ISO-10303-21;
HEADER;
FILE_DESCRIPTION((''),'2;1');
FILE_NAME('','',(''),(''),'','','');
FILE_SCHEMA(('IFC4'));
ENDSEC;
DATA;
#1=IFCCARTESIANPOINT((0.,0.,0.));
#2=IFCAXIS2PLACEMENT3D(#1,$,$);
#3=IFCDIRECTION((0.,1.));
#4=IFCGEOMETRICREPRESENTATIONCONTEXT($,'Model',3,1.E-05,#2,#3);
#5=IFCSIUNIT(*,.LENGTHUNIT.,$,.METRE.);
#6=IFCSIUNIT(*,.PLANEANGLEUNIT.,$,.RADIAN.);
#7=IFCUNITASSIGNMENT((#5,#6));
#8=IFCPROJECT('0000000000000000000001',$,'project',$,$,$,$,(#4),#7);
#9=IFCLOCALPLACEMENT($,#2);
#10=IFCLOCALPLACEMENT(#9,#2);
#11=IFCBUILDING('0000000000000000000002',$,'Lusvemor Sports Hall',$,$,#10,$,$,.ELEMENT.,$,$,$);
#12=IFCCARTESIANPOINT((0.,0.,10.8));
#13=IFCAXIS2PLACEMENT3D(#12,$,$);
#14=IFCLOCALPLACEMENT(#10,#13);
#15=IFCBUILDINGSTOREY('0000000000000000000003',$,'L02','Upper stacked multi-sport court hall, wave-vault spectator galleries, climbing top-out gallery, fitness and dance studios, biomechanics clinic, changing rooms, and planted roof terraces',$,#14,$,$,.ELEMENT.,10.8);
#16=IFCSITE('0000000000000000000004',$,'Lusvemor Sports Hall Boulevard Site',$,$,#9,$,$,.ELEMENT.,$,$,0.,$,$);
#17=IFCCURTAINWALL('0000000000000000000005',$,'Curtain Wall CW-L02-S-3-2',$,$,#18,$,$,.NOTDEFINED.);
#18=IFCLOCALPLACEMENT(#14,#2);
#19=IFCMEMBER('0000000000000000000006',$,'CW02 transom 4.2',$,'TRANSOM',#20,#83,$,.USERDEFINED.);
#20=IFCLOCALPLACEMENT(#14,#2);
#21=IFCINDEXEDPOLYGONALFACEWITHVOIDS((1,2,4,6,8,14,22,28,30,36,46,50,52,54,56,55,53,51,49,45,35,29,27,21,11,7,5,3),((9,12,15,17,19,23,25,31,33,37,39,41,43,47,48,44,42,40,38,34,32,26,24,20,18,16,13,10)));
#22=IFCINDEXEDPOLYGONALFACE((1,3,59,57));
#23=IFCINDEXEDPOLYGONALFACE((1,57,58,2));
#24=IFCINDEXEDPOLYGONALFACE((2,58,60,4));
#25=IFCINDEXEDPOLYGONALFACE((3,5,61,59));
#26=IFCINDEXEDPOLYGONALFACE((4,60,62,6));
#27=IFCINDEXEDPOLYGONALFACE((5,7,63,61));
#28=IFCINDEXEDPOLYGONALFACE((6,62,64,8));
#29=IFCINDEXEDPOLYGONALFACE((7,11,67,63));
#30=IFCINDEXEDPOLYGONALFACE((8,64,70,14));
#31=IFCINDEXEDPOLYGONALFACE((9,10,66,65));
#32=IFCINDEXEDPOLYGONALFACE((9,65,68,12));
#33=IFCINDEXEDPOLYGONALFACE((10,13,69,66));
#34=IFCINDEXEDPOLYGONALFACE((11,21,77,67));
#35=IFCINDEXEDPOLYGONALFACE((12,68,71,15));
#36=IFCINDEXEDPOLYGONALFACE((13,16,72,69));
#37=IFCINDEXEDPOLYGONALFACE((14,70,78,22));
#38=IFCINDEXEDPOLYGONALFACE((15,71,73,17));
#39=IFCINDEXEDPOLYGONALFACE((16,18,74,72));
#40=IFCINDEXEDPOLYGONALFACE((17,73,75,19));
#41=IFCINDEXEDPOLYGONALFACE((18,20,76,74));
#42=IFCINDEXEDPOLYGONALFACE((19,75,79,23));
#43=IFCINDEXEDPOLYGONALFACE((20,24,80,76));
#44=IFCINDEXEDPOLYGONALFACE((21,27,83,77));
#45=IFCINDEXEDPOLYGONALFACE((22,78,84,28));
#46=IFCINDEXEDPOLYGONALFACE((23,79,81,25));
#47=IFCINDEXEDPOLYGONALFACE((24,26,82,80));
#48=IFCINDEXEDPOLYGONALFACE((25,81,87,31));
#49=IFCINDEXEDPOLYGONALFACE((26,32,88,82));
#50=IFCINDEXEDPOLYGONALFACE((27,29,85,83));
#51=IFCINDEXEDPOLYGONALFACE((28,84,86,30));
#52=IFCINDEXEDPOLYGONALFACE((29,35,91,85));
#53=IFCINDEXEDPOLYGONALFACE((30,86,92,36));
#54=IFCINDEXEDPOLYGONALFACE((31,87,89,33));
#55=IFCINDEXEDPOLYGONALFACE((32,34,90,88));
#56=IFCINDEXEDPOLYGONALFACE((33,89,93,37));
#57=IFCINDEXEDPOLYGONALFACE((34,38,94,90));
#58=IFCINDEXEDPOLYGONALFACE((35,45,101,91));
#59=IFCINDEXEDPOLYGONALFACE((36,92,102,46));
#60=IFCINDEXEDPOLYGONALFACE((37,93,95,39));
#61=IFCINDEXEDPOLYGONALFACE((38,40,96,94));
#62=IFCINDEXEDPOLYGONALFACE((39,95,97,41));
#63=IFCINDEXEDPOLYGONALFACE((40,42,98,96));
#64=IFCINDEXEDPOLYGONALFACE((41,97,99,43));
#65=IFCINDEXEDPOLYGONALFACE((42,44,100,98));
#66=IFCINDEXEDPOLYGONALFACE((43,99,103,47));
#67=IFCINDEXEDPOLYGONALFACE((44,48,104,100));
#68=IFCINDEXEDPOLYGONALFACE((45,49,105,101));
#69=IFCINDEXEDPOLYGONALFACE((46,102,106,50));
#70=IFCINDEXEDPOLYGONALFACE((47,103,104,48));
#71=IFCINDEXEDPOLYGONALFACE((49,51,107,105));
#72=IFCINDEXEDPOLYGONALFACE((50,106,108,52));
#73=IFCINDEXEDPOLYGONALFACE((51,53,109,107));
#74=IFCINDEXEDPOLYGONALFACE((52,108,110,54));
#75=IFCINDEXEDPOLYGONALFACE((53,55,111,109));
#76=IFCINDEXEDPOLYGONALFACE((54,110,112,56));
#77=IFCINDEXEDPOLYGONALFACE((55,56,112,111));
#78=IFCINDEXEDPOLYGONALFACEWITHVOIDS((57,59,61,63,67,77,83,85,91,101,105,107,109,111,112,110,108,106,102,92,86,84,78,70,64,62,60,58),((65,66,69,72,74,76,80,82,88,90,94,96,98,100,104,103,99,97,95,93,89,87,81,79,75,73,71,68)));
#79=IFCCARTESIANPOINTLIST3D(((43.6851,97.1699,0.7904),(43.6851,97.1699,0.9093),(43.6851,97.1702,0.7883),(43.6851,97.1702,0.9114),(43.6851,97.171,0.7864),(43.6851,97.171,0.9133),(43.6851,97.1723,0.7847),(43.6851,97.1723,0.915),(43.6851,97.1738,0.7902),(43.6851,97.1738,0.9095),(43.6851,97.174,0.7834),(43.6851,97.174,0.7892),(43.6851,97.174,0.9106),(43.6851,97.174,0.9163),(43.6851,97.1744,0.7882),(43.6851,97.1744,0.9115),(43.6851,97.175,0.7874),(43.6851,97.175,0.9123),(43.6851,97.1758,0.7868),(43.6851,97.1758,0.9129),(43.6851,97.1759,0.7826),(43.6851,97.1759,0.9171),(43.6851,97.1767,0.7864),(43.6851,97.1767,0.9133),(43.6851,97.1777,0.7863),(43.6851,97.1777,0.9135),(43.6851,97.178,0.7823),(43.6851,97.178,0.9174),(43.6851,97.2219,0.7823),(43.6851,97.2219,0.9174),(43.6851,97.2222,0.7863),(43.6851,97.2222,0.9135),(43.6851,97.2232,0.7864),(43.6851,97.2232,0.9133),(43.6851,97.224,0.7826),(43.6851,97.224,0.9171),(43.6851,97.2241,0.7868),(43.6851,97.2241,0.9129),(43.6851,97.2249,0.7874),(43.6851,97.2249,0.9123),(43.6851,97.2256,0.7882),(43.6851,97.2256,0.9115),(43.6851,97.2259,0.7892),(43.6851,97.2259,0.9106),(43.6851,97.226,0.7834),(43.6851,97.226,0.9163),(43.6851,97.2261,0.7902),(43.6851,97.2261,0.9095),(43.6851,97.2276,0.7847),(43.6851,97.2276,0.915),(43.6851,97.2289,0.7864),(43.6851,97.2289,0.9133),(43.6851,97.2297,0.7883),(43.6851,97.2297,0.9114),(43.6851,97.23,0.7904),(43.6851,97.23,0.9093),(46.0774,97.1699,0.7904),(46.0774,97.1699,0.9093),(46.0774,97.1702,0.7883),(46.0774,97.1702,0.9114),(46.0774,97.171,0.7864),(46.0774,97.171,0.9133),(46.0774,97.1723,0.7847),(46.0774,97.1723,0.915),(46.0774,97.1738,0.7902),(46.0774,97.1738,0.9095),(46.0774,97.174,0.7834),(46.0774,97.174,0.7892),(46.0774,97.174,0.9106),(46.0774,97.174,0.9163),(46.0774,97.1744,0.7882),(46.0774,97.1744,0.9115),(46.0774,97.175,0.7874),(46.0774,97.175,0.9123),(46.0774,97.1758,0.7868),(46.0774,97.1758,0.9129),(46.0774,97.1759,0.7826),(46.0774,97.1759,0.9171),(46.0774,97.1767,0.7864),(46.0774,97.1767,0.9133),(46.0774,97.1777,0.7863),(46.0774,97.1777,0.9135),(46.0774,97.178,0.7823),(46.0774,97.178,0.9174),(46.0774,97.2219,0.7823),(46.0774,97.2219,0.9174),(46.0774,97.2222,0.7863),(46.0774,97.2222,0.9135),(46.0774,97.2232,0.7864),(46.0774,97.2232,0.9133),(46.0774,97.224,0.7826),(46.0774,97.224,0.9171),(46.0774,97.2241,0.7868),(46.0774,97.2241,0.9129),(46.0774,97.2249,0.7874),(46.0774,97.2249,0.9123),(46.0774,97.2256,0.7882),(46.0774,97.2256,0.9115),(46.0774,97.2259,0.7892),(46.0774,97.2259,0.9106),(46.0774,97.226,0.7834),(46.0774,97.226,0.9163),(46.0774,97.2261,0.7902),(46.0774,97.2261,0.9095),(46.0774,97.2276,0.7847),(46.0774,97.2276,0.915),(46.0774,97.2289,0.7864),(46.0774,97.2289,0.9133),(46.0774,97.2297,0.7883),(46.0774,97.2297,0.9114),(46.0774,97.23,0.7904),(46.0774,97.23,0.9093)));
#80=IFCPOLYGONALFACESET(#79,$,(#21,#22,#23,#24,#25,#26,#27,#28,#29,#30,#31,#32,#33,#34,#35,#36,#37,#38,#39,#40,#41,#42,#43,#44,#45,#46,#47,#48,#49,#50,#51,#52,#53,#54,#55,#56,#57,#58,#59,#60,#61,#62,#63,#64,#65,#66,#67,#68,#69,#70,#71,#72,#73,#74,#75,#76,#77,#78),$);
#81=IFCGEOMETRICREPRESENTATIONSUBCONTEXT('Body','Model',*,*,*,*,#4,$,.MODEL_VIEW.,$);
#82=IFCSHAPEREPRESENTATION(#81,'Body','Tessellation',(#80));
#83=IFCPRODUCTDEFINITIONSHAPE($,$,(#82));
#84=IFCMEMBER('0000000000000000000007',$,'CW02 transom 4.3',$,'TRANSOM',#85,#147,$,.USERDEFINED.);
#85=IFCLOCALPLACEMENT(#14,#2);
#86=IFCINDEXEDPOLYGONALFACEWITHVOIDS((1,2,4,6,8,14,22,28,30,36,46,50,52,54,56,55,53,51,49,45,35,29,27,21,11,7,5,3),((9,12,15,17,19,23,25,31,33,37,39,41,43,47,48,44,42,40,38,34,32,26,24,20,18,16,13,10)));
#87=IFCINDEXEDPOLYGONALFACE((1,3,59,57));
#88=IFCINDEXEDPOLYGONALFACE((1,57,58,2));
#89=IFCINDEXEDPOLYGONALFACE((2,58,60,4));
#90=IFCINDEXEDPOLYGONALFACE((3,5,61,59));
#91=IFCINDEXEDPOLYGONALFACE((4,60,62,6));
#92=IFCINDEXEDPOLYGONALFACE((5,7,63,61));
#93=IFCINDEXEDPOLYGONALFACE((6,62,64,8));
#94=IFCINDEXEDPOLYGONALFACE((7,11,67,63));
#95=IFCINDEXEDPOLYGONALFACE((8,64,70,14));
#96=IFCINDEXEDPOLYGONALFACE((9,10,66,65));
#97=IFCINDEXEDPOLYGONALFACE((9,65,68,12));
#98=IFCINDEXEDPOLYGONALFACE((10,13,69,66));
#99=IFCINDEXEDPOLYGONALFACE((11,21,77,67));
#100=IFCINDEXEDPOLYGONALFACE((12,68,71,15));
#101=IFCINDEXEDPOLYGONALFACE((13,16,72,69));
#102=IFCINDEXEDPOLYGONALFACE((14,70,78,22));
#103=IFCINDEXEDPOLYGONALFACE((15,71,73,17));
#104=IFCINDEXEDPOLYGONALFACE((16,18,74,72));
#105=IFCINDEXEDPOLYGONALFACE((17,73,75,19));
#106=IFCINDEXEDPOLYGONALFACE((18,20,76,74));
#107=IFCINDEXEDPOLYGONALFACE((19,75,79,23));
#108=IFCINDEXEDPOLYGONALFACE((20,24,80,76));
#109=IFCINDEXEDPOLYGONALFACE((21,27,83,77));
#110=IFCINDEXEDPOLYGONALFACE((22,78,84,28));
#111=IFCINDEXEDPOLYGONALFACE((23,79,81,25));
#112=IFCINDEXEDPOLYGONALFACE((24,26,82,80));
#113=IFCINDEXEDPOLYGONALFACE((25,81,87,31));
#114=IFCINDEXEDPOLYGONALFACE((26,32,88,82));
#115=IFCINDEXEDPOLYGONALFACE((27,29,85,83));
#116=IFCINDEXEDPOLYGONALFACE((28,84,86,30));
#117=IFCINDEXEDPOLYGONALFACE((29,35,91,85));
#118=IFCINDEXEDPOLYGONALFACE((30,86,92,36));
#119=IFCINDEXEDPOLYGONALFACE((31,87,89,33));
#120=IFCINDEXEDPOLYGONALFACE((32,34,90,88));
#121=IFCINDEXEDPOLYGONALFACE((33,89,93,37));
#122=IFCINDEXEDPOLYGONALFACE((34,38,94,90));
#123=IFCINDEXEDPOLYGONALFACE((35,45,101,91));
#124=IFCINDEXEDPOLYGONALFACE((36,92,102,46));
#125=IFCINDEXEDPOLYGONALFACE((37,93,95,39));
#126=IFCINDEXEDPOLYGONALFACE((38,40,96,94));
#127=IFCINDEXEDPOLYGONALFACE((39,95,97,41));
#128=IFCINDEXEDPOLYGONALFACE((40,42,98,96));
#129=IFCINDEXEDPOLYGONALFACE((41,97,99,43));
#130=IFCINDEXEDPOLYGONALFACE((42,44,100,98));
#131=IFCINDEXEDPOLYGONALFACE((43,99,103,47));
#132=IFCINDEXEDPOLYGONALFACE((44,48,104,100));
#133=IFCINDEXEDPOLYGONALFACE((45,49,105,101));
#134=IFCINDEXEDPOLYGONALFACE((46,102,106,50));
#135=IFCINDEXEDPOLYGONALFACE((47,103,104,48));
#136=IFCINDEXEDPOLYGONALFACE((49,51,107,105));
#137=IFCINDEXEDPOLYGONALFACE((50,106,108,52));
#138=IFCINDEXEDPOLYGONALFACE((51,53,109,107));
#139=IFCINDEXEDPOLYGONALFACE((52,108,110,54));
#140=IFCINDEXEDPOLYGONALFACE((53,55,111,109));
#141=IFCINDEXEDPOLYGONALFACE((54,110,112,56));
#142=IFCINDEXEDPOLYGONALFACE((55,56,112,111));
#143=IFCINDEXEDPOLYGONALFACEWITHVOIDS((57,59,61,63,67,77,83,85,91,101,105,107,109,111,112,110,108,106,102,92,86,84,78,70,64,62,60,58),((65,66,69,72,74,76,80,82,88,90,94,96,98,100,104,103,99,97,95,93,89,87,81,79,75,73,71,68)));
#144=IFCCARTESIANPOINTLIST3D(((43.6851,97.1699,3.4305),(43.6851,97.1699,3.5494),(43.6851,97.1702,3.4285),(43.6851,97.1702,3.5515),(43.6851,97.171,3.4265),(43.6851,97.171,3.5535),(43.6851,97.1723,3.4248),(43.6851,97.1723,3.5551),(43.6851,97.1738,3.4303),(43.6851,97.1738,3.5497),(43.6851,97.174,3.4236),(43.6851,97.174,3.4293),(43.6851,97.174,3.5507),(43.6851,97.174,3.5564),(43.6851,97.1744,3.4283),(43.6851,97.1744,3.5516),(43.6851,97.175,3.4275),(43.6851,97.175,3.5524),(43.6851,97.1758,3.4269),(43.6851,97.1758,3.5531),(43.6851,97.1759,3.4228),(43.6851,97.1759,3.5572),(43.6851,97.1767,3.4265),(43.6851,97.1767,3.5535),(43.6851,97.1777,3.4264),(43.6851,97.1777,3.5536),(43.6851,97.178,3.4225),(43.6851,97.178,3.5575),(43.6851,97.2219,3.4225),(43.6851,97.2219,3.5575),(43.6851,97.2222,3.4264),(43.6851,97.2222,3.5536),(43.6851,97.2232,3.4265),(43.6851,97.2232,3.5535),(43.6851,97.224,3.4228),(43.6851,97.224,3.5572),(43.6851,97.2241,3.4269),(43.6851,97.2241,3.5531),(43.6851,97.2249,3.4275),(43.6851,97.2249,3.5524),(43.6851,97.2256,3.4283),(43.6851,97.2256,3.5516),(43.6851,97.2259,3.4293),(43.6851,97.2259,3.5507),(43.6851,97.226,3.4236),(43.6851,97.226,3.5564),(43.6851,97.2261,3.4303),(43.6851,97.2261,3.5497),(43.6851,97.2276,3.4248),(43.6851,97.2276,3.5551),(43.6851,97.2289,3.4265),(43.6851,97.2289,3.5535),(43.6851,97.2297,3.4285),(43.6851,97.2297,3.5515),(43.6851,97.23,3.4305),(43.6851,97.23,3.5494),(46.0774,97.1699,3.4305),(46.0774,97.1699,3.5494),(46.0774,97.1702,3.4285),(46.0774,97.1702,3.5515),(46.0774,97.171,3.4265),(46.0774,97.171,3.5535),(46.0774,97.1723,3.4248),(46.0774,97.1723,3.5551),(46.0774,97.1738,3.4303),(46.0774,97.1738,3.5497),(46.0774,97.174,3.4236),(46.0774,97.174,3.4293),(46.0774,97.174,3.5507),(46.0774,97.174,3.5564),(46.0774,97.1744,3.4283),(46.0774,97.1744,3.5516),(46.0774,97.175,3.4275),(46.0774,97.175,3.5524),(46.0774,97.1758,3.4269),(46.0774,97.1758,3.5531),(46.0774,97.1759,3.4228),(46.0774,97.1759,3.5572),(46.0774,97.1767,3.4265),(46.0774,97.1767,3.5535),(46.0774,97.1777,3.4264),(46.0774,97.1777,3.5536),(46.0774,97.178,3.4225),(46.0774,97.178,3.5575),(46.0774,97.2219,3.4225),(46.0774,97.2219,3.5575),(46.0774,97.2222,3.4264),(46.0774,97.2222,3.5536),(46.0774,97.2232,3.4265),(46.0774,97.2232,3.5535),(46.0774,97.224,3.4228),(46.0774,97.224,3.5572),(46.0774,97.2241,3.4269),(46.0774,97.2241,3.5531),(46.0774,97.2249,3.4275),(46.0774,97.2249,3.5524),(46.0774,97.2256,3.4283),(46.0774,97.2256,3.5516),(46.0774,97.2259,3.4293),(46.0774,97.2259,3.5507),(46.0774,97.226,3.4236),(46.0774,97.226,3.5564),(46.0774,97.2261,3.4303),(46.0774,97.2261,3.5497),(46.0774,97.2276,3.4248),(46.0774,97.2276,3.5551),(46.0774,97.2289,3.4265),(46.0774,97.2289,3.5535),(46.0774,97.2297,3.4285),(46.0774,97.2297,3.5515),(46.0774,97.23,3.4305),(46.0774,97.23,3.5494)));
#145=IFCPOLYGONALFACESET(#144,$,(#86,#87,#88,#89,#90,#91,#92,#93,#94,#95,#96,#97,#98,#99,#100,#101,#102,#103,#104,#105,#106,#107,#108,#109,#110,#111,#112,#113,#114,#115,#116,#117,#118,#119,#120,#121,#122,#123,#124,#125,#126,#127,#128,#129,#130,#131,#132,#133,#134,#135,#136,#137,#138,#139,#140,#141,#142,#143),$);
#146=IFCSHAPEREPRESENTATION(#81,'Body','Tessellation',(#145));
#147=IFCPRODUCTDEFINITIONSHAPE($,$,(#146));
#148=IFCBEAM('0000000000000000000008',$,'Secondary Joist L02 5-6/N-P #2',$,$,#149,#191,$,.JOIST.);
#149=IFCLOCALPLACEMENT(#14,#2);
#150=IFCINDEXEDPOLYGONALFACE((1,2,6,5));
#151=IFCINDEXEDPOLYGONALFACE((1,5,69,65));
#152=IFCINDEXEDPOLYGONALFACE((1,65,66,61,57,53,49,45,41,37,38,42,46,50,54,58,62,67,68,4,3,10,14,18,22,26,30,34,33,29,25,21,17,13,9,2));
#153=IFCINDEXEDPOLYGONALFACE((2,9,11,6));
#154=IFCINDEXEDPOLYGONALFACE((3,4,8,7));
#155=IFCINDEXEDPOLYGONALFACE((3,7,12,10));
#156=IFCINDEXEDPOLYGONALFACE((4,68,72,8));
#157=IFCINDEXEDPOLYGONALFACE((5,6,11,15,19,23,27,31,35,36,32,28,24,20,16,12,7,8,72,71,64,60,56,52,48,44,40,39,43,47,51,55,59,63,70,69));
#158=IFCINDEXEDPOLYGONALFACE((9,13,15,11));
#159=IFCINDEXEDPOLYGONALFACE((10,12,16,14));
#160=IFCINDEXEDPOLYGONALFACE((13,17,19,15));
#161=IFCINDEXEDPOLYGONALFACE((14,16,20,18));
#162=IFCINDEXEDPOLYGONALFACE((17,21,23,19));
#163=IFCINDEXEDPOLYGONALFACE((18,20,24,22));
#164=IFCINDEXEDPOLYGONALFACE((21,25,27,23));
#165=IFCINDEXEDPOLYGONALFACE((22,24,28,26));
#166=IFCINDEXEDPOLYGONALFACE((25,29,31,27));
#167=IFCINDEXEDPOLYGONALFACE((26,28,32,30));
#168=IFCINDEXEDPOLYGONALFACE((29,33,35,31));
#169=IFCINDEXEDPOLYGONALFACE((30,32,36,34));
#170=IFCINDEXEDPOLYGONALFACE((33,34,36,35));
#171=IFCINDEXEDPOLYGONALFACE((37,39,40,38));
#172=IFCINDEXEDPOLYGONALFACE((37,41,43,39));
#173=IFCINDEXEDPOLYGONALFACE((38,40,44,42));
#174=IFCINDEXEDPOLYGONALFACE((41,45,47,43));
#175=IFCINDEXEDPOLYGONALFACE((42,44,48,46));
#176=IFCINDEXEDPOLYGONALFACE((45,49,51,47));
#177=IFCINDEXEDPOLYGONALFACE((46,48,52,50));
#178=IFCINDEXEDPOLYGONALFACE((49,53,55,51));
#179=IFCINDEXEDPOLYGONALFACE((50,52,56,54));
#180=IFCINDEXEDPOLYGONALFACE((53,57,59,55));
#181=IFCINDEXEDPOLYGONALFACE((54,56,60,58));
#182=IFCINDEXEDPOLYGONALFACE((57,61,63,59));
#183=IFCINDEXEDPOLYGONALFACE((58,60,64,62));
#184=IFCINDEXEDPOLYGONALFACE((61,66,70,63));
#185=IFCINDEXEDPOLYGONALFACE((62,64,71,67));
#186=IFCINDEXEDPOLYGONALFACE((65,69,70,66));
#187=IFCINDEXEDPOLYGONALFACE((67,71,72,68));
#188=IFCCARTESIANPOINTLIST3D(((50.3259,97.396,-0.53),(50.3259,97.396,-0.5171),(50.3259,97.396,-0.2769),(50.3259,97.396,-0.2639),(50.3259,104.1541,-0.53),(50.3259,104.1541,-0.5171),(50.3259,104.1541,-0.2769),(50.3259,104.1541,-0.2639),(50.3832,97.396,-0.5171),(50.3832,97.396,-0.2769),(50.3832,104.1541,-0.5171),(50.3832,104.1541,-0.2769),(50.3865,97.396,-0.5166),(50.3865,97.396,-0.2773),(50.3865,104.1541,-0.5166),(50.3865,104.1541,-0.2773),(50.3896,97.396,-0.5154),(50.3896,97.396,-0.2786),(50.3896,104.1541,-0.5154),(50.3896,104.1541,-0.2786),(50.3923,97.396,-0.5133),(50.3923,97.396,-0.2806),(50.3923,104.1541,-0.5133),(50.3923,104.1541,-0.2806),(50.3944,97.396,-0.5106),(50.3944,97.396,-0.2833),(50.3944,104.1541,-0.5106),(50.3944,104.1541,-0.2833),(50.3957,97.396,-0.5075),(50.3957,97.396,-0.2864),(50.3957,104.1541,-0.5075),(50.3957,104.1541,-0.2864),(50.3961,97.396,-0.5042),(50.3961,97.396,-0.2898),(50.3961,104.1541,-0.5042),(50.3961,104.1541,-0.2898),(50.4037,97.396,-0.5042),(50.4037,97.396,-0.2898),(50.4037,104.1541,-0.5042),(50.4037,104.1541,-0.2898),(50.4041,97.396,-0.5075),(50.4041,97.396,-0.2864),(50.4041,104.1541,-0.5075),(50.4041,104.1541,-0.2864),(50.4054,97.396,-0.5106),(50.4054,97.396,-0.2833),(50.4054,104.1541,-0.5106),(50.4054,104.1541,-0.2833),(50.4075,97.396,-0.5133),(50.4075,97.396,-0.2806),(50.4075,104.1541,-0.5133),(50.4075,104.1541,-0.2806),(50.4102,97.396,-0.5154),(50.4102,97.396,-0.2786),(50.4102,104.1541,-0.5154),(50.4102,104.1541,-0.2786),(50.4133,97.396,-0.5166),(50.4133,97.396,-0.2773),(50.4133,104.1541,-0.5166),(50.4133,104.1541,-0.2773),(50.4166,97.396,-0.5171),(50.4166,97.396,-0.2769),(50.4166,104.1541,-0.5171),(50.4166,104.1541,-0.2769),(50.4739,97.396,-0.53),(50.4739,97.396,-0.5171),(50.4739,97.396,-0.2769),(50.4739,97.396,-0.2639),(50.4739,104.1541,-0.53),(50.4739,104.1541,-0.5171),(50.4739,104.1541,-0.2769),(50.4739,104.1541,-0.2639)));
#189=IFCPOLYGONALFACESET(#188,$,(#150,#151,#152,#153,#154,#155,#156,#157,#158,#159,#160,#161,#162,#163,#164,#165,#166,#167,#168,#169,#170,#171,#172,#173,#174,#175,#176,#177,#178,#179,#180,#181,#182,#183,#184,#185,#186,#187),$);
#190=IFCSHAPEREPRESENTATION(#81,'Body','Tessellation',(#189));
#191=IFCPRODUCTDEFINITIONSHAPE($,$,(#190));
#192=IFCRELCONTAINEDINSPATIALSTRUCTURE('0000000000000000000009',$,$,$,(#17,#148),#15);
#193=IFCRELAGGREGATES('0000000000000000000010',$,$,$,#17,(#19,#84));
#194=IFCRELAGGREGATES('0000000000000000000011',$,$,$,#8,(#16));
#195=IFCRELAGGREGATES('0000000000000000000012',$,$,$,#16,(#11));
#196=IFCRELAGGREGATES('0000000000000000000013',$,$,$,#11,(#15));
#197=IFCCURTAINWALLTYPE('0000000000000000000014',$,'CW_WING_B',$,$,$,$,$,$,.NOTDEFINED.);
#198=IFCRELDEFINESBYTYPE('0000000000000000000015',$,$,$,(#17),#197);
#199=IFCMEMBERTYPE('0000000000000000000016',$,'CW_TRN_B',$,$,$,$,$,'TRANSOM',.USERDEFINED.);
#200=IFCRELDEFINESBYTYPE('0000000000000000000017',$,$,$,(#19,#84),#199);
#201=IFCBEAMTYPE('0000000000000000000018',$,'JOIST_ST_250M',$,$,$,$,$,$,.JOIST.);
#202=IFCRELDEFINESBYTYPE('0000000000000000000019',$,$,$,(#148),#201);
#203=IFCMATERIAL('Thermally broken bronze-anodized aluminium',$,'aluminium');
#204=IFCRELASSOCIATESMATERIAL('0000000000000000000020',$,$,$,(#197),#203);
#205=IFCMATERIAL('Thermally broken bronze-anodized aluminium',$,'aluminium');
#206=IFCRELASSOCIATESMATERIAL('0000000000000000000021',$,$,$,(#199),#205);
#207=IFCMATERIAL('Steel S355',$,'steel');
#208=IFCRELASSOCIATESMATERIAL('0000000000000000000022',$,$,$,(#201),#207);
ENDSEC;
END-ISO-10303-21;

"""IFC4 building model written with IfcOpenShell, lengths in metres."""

from ifc_helpers import new_model, si_unit, direction, frame, origin, origin_2d, place, context, subcontext, project, spatial, hollow_rectangle, i_section, extrude, material, material_profile, profile_set, type_object, element, aggregate, save


model = new_model("IFC4")

# Units and contexts
model_context = context("Model", 3, precision=1e-05, world=origin(), true_north=direction((0.0, 1.0)))
body_context = subcontext(model_context, "Body", "Model", "MODEL_VIEW")
ifc_project = project(units=[si_unit("LENGTHUNIT", "METRE"), si_unit("PLANEANGLEUNIT", "RADIAN")], contexts=[model_context])

# Site, building, storey
site_placement = place(None, origin())
site = spatial("IfcSite", under=ifc_project, at=site_placement, Name="Lusvemor Sports Hall Boulevard Site", CompositionType="ELEMENT", RefElevation=0.0)
building_placement = place(site_placement, origin())
building = spatial("IfcBuilding", under=site, at=building_placement, Name="Lusvemor Sports Hall", CompositionType="ELEMENT")
storey_placement = place(building_placement, frame((0.0, 0.0, 10.8)))
storey = spatial("IfcBuildingStorey", under=building, at=storey_placement, Name="L02", Description="Upper stacked multi-sport court hall, wave-vault spectator galleries, climbing top-out gallery, fitness and dance studios, biomechanics clinic, changing rooms, and planted roof terraces", CompositionType="ELEMENT", Elevation=10.8)

# Curtain wall, members
ifc_material_1 = material(Name="Thermally broken bronze-anodized aluminium", Category="aluminium")
curtain_wall_type = type_object("IfcCurtainWallType", Name="CW_WING_B", PredefinedType="NOTDEFINED", material=ifc_material_1)
curtain_wall_placement = place(storey_placement, origin())
curtain_wall = element("IfcCurtainWall", 1, at=curtain_wall_placement, inside=storey, type_object=curtain_wall_type, Name="Curtain Wall CW-L02-S-3-2", PredefinedType="NOTDEFINED")
ifc_material_2 = material(Name="Thermally broken bronze-anodized aluminium", Category="aluminium")
ifc_material_profile_1 = material_profile(ifc_material_2, hollow_rectangle(XDim=0.0601, YDim=0.135, WallThickness=0.0039, InnerFilletRadius=0.0039, OuterFilletRadius=0.0081, at=origin_2d()), Name="CWTRN135x60x4")
ifc_profile_set_1 = profile_set([ifc_material_profile_1], Name="Thermally broken bronze-anodized aluminium")
member_type_1 = type_object("IfcMemberType", Name="CW_TRN_B", ElementType="TRANSOM", PredefinedType="USERDEFINED", material=ifc_profile_set_1)
member_1_placement = place(storey_placement, frame((46.0774, 97.2, 0.8499), z_axis=(-1.0, 0.0, 0.0), x_axis=(0.0, -1.0, 0.0)))
member_1 = element("IfcMember", 2, at=member_1_placement, type_object=member_type_1, Name="CW02 transom 4.2", ObjectType="TRANSOM", PredefinedType="USERDEFINED", context=body_context, shape_type="SweptSolid", body=[
    extrude(hollow_rectangle(XDim=0.0601, YDim=0.135, WallThickness=0.0039, InnerFilletRadius=0.0039, OuterFilletRadius=0.0081, at=origin_2d()), origin(), (0.0, 0.0, 1.0), 2.3923),
])
member_2_placement = place(storey_placement, frame((46.0774, 97.2, 3.49), z_axis=(-1.0, 0.0, 0.0), x_axis=(0.0, -1.0, 0.0)))
member_2 = element("IfcMember", 3, at=member_2_placement, type_object=member_type_1, Name="CW02 transom 4.3", ObjectType="TRANSOM", PredefinedType="USERDEFINED", context=body_context, shape_type="SweptSolid", body=[
    extrude(hollow_rectangle(XDim=0.0601, YDim=0.135, WallThickness=0.0039, InnerFilletRadius=0.0039, OuterFilletRadius=0.0081, at=origin_2d()), origin(), (0.0, 0.0, 1.0), 2.3923),
])

# Beam
ifc_material_3 = material(Name="Steel S355", Category="steel")
ifc_material_profile_2 = material_profile(ifc_material_3, i_section(OverallWidth=0.1479, OverallDepth=0.2661, WebThickness=0.0076, FlangeThickness=0.0129, FilletRadius=0.0129, at=origin_2d()), Name="W250x44.8")
ifc_profile_set_2 = profile_set([ifc_material_profile_2], Name="Steel S355")
beam_type_1 = type_object("IfcBeamType", Name="JOIST_ST_250M", PredefinedType="JOIST", material=ifc_profile_set_2)
beam_1_placement = place(storey_placement, frame((50.3999, 97.396, -0.397), z_axis=(0.0, 1.0, 0.0), x_axis=(-1.0, 0.0, 0.0)))
element("IfcBeam", 4, at=beam_1_placement, inside=storey, type_object=beam_type_1, Name="Secondary Joist L02 5-6/N-P #2", PredefinedType="JOIST", context=body_context, shape_type="SweptSolid", body=[
    extrude(i_section(OverallWidth=0.1479, OverallDepth=0.2661, WebThickness=0.0076, FlangeThickness=0.0129, FilletRadius=0.0129, at=origin_2d()), origin(), (0.0, 0.0, 1.0), 6.7581),
])

aggregate(curtain_wall, [member_1, member_2])

save(model, "model.ifc")
